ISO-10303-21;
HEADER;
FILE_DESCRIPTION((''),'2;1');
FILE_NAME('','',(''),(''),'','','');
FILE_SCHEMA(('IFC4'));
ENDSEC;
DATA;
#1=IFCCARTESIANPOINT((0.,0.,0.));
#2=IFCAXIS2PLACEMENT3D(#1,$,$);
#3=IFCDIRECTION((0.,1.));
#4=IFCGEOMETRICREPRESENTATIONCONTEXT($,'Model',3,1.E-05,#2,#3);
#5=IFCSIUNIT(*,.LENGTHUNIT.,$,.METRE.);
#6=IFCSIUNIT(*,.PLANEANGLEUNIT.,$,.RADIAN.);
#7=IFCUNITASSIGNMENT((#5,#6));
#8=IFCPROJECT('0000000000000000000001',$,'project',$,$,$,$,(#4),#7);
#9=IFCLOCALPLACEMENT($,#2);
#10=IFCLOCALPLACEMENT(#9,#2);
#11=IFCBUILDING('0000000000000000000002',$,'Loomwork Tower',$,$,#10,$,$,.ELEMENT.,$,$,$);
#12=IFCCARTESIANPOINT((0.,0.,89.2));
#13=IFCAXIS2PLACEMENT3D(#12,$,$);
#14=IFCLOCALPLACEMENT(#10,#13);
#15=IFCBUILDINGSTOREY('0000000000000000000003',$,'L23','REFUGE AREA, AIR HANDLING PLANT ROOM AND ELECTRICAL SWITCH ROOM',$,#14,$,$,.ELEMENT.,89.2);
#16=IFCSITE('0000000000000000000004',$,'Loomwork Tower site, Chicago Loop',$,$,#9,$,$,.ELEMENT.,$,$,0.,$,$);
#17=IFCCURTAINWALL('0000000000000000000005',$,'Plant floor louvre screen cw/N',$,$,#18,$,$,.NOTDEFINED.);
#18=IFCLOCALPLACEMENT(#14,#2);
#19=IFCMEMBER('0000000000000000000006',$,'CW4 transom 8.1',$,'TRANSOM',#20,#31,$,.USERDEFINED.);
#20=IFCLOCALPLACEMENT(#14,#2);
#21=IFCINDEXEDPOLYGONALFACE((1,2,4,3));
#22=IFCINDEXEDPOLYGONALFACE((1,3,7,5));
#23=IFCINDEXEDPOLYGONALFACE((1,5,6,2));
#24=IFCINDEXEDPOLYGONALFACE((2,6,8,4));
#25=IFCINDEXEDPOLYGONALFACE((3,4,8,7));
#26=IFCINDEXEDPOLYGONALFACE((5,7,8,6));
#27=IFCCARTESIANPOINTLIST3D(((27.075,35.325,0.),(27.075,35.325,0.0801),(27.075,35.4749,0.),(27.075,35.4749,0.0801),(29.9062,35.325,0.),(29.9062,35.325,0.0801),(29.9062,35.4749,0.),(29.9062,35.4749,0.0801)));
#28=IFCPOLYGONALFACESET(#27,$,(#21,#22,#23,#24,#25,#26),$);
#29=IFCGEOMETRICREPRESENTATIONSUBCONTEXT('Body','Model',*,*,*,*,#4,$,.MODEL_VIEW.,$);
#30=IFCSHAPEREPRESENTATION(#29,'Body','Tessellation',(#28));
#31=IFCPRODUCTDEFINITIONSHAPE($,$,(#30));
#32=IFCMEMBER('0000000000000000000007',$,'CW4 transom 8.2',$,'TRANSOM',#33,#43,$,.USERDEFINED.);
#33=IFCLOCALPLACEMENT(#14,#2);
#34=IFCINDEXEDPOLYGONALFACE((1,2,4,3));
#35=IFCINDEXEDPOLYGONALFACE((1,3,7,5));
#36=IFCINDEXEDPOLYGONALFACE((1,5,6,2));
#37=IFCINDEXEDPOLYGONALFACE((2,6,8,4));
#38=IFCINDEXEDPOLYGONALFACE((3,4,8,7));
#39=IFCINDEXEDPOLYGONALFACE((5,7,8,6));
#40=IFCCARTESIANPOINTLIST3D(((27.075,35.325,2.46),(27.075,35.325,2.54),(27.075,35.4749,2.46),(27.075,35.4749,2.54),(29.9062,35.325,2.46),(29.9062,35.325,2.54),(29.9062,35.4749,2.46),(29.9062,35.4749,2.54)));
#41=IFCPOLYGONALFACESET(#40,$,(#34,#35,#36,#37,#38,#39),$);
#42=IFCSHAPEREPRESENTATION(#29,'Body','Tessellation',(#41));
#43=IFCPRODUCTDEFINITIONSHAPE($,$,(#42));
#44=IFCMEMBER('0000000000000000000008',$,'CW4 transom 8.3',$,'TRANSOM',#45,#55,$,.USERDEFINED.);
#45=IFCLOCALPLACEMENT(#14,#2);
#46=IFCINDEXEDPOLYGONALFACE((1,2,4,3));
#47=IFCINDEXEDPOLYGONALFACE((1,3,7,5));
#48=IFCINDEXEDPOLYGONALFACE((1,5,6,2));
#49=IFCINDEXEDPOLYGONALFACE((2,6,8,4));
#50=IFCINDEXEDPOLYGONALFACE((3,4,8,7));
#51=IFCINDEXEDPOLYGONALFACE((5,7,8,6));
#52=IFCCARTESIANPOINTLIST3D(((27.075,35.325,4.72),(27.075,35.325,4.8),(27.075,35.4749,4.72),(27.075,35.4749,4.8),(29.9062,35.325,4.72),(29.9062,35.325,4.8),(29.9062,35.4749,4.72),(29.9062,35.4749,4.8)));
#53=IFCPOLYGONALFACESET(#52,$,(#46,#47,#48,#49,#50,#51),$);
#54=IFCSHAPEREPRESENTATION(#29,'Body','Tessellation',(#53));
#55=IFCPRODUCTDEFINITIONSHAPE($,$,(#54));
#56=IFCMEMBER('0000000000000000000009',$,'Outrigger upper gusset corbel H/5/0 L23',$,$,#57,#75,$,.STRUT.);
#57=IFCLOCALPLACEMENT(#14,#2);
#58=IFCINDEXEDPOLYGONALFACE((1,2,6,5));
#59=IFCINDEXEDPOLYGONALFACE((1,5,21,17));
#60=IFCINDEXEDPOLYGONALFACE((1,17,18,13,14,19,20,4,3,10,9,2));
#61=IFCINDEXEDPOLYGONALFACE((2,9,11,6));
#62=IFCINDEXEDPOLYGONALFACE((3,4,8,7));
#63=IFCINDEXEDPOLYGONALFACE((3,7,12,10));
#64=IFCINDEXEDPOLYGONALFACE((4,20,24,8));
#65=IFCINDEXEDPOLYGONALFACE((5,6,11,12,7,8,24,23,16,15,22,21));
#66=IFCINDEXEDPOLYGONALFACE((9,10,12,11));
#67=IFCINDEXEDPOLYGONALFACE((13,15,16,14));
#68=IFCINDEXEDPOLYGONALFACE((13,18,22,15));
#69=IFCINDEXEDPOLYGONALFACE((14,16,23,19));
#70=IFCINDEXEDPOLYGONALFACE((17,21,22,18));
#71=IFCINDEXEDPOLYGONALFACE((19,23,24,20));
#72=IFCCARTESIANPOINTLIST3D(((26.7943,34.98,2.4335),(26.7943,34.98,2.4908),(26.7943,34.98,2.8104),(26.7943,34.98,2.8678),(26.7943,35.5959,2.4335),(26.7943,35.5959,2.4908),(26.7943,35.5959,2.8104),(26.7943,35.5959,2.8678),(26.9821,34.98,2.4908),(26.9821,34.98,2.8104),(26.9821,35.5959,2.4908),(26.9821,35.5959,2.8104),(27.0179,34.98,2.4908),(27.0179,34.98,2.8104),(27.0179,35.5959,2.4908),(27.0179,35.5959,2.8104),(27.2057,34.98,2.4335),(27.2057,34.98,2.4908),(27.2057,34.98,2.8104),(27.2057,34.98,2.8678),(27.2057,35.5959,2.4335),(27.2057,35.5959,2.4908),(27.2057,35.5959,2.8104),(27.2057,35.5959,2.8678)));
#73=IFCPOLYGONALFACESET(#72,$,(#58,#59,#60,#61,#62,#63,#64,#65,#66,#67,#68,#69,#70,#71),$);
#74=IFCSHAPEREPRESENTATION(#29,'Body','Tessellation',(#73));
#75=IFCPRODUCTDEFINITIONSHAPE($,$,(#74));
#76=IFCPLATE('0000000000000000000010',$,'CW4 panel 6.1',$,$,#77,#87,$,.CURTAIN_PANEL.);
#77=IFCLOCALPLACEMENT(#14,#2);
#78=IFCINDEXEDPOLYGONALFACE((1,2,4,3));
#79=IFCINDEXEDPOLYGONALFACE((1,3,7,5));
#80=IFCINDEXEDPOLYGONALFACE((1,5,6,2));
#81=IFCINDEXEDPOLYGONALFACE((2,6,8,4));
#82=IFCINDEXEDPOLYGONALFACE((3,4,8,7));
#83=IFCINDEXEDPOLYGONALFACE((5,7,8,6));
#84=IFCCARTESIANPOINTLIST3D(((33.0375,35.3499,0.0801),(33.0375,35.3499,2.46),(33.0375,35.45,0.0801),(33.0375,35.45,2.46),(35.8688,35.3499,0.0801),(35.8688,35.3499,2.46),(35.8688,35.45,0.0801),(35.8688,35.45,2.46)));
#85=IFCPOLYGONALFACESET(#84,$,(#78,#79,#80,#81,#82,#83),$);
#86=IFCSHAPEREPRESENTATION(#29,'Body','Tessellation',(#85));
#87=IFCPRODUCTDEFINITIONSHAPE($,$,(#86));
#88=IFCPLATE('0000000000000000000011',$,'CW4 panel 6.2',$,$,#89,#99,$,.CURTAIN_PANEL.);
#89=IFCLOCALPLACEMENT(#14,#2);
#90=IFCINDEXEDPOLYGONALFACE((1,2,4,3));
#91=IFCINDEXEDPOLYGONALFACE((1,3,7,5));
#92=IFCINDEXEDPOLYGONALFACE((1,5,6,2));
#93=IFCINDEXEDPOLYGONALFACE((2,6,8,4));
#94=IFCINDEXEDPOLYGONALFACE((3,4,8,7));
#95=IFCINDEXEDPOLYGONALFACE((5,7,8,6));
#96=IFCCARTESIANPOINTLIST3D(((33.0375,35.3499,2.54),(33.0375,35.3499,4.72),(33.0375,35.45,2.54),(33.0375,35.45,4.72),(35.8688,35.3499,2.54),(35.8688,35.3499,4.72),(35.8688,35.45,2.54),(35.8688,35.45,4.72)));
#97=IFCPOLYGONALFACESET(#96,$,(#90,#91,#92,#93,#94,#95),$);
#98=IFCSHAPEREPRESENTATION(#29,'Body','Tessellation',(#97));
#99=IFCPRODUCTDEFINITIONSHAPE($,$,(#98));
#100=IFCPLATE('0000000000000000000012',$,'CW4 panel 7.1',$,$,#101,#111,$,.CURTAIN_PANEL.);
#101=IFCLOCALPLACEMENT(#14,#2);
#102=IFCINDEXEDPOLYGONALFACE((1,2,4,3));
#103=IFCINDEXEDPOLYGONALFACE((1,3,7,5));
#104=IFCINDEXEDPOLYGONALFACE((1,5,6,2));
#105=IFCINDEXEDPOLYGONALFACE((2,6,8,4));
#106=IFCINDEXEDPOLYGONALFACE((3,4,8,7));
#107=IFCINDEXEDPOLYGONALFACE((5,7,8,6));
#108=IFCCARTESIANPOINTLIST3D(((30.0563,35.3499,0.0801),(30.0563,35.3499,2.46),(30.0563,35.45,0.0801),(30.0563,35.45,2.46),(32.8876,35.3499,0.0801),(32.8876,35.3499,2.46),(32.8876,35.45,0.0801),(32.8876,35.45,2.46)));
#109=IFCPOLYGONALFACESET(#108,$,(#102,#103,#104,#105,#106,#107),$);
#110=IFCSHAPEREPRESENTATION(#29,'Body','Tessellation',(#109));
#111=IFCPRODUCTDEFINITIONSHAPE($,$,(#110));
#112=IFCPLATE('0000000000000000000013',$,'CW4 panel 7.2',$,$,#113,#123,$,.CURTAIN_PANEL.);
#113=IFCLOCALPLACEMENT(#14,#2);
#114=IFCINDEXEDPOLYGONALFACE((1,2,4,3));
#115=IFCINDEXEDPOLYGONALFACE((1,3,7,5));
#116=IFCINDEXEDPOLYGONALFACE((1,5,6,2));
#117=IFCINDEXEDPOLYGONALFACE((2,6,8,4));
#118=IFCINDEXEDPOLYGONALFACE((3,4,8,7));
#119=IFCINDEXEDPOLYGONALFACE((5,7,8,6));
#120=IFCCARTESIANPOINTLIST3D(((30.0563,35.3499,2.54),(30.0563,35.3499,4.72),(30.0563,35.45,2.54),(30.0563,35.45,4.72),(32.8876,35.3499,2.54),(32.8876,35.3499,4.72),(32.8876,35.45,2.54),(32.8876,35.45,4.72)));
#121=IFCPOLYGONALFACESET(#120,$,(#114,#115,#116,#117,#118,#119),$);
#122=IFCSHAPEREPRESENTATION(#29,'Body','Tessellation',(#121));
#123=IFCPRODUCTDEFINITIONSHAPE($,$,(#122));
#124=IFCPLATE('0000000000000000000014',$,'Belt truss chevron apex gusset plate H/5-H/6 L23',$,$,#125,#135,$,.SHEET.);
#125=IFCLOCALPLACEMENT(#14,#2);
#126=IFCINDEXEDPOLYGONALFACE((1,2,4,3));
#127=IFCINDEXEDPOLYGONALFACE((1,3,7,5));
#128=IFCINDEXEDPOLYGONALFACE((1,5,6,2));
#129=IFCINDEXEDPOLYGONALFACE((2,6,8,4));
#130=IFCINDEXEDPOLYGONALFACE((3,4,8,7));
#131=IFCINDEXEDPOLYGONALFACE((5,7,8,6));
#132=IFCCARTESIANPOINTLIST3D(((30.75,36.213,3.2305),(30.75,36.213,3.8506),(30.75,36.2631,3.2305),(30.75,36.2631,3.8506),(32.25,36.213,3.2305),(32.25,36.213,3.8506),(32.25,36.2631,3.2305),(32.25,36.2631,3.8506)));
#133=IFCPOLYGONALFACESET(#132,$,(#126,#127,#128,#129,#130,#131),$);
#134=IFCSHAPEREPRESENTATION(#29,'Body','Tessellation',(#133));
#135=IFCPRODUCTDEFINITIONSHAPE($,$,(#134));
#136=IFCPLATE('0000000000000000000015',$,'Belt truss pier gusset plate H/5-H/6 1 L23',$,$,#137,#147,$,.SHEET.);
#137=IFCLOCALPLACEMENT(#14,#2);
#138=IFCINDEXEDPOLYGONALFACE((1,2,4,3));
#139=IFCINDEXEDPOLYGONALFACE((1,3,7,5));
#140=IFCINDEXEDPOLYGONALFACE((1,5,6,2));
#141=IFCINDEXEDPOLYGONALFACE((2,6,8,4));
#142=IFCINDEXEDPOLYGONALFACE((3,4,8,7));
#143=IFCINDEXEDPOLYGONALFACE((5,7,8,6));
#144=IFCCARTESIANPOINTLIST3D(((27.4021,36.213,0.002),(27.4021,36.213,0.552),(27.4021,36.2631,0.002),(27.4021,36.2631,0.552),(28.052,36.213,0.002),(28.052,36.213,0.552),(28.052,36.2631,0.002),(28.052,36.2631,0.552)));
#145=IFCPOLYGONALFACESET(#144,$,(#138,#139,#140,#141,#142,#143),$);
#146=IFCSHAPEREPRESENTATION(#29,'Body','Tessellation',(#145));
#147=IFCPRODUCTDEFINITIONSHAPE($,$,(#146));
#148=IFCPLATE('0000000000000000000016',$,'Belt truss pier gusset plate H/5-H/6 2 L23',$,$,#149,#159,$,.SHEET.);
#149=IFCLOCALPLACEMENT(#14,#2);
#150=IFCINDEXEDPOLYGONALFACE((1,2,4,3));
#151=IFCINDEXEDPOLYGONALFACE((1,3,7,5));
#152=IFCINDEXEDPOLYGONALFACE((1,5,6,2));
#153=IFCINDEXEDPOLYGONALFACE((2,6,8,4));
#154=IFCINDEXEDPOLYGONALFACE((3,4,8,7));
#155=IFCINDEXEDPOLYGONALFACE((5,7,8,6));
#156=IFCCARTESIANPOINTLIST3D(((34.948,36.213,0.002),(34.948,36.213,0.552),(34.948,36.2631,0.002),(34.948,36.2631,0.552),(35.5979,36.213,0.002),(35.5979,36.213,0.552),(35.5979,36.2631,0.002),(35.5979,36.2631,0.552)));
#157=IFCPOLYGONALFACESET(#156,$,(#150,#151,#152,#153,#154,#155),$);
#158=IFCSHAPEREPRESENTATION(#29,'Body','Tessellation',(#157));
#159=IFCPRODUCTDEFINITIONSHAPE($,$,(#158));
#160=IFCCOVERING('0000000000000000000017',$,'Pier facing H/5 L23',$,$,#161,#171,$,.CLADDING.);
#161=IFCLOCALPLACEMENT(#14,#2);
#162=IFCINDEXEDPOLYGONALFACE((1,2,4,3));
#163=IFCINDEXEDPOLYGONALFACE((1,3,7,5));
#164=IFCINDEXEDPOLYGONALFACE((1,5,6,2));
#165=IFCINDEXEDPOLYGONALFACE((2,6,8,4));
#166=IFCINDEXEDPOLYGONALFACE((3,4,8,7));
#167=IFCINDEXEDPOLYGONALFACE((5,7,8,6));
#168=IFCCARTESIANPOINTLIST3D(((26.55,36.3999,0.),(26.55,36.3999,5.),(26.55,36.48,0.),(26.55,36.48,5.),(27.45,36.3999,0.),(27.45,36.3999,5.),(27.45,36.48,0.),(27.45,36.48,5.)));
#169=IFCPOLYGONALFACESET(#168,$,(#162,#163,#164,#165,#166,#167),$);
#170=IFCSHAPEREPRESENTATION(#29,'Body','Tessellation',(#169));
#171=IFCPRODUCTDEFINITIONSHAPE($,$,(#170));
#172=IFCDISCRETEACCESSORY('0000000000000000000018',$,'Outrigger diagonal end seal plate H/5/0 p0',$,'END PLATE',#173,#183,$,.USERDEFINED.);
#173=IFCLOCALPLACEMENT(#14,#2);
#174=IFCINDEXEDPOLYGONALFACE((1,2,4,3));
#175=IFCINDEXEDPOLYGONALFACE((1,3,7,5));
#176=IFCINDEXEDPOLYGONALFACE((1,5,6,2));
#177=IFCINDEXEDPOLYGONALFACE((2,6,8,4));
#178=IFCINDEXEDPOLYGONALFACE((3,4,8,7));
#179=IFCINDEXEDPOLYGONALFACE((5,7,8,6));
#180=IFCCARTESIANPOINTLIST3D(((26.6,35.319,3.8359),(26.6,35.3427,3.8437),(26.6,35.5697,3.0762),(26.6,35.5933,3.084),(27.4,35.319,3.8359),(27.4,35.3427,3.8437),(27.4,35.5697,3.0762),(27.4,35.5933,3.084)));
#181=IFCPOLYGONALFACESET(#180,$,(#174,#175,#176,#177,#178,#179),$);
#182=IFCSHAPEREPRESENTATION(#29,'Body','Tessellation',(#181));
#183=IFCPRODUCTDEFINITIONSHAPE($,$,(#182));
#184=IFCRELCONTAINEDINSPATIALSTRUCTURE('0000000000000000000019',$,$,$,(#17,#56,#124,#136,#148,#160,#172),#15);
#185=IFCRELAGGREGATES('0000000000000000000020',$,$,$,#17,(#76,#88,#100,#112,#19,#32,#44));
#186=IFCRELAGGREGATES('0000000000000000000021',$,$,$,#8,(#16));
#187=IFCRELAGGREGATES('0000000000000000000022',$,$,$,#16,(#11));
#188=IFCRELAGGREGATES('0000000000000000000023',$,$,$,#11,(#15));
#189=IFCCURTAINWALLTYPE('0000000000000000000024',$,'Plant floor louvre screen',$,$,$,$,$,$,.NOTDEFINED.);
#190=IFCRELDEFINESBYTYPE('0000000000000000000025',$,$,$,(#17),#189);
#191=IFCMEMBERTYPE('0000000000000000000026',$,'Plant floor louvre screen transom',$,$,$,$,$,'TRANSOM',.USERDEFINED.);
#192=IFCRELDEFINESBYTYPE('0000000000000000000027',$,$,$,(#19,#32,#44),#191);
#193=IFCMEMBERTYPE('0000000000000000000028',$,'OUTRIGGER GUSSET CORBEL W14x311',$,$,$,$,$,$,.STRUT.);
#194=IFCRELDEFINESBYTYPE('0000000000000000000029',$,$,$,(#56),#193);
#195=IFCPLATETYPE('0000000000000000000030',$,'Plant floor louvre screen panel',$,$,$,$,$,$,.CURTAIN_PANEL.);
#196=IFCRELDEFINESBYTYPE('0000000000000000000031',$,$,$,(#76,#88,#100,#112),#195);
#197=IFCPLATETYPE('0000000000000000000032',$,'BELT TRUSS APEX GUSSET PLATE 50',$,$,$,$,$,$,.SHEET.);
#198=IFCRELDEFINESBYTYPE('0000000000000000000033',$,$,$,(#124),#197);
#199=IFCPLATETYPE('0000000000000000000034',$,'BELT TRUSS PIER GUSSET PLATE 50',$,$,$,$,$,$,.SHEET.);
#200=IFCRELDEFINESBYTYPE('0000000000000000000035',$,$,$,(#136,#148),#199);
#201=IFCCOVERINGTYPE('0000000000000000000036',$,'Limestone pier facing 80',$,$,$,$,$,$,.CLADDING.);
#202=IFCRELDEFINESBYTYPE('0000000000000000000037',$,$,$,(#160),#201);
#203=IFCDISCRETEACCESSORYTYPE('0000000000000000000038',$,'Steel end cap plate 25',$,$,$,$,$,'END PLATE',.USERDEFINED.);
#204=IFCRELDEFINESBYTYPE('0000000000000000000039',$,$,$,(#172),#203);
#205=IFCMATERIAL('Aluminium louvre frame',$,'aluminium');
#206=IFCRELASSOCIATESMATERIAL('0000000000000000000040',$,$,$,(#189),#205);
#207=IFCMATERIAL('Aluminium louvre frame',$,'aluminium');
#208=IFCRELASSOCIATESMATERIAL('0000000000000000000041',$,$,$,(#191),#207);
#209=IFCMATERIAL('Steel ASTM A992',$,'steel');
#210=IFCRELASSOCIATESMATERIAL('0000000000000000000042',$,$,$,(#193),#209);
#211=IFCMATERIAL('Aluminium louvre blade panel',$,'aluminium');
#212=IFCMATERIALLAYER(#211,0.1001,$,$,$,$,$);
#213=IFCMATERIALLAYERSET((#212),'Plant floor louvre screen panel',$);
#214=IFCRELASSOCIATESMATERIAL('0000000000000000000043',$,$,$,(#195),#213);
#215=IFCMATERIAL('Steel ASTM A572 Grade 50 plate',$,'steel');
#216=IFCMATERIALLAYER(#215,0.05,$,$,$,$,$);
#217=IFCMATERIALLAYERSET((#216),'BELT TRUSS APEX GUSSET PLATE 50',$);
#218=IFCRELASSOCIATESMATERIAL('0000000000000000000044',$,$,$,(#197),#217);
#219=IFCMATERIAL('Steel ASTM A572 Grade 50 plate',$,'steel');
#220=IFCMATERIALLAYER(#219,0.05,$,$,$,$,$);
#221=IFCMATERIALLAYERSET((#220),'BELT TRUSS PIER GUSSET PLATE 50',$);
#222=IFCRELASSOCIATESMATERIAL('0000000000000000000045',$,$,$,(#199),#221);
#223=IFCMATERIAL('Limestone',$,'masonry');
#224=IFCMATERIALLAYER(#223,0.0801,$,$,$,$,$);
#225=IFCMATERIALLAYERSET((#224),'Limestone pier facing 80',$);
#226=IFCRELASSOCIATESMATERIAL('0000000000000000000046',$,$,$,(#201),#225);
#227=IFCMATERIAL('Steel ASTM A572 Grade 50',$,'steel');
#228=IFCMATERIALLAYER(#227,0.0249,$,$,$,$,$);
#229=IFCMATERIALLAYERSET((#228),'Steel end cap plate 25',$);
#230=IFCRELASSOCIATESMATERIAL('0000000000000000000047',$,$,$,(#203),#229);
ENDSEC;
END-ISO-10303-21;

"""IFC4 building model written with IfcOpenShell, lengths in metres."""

from ifc_helpers import new_model, si_unit, direction, frame, origin, origin_2d, place, context, subcontext, project, spatial, rectangle, i_section, extrude, material, layer, layer_set, material_profile, profile_set, type_object, element, aggregate, save


model = new_model("IFC4")

# Units and contexts
model_context = context("Model", 3, precision=1e-05, world=origin(), true_north=direction((0.0, 1.0)))
body_context = subcontext(model_context, "Body", "Model", "MODEL_VIEW")
ifc_project = project(units=[si_unit("LENGTHUNIT", "METRE"), si_unit("PLANEANGLEUNIT", "RADIAN")], contexts=[model_context])

# Site, building, storey
site_placement = place(None, origin())
site = spatial("IfcSite", under=ifc_project, at=site_placement, Name="Loomwork Tower site, Chicago Loop", CompositionType="ELEMENT", RefElevation=0.0)
building_placement = place(site_placement, origin())
building = spatial("IfcBuilding", under=site, at=building_placement, Name="Loomwork Tower", CompositionType="ELEMENT")
storey_placement = place(building_placement, frame((0.0, 0.0, 89.2)))
storey = spatial("IfcBuildingStorey", under=building, at=storey_placement, Name="L23", Description="REFUGE AREA, AIR HANDLING PLANT ROOM AND ELECTRICAL SWITCH ROOM", CompositionType="ELEMENT", Elevation=89.2)

# Curtain wall, members
ifc_material_1 = material(Name="Aluminium louvre frame", Category="aluminium")
curtain_wall_type = type_object("IfcCurtainWallType", Name="Plant floor louvre screen", PredefinedType="NOTDEFINED", material=ifc_material_1)
curtain_wall_placement = place(storey_placement, origin())
curtain_wall = element("IfcCurtainWall", 1, at=curtain_wall_placement, inside=storey, type_object=curtain_wall_type, Name="Plant floor louvre screen cw/N", PredefinedType="NOTDEFINED")
ifc_material_2 = material(Name="Aluminium louvre frame", Category="aluminium")
ifc_material_profile_1 = material_profile(ifc_material_2, rectangle(XDim=0.1499, YDim=0.0801, at=origin_2d()), Name="AL 80x150")
ifc_profile_set_1 = profile_set([ifc_material_profile_1], Name="Aluminium louvre frame")
member_type_1 = type_object("IfcMemberType", Name="Plant floor louvre screen transom", ElementType="TRANSOM", PredefinedType="USERDEFINED", material=ifc_profile_set_1)
member_1_placement = place(storey_placement, frame((29.9062, 35.3999, 0.04), z_axis=(-1.0, 0.0, 0.0), x_axis=(0.0, -1.0, 0.0)))
member_1 = element("IfcMember", 2, at=member_1_placement, type_object=member_type_1, Name="CW4 transom 8.1", ObjectType="TRANSOM", PredefinedType="USERDEFINED", context=body_context, shape_type="SweptSolid", body=[
    extrude(rectangle(XDim=0.1499, YDim=0.0801, at=origin_2d()), origin(), (0.0, 0.0, 1.0), 2.8313),
])
member_2_placement = place(storey_placement, frame((29.9062, 35.3999, 2.5), z_axis=(-1.0, 0.0, 0.0), x_axis=(0.0, -1.0, 0.0)))
member_2 = element("IfcMember", 3, at=member_2_placement, type_object=member_type_1, Name="CW4 transom 8.2", ObjectType="TRANSOM", PredefinedType="USERDEFINED", context=body_context, shape_type="SweptSolid", body=[
    extrude(rectangle(XDim=0.1499, YDim=0.0801, at=origin_2d()), origin(), (0.0, 0.0, 1.0), 2.8313),
])
member_3_placement = place(storey_placement, frame((29.9062, 35.3999, 4.76), z_axis=(-1.0, 0.0, 0.0), x_axis=(0.0, -1.0, 0.0)))
member_3 = element("IfcMember", 4, at=member_3_placement, type_object=member_type_1, Name="CW4 transom 8.3", ObjectType="TRANSOM", PredefinedType="USERDEFINED", context=body_context, shape_type="SweptSolid", body=[
    extrude(rectangle(XDim=0.1499, YDim=0.0801, at=origin_2d()), origin(), (0.0, 0.0, 1.0), 2.8313),
])

# Member
ifc_material_3 = material(Name="Steel ASTM A992", Category="steel")
ifc_material_profile_2 = material_profile(ifc_material_3, i_section(OverallWidth=0.4114, OverallDepth=0.4343, WebThickness=0.0359, FlangeThickness=0.0574, at=origin_2d()), Name="W14x311")
ifc_profile_set_2 = profile_set([ifc_material_profile_2], Name="Steel ASTM A992")
member_type_2 = type_object("IfcMemberType", Name="OUTRIGGER GUSSET CORBEL W14x311", PredefinedType="STRUT", material=ifc_profile_set_2)
member_4_placement = place(storey_placement, frame((27.0, 35.5959, 2.6506), z_axis=(0.0, -1.0, 0.0), x_axis=(1.0, 0.0, 0.0)))
element("IfcMember", 5, at=member_4_placement, inside=storey, type_object=member_type_2, Name="Outrigger upper gusset corbel H/5/0 L23", PredefinedType="STRUT", context=body_context, shape_type="SweptSolid", body=[
    extrude(i_section(OverallWidth=0.4114, OverallDepth=0.4343, WebThickness=0.0359, FlangeThickness=0.0574, at=origin_2d()), origin(), (0.0, 0.0, 1.0), 0.616),
])

# Plates
ifc_material_4 = material(Name="Aluminium louvre blade panel", Category="aluminium")
ifc_layer_1 = layer(ifc_material_4, 0.1001)
ifc_layer_set_1 = layer_set([ifc_layer_1], Name="Plant floor louvre screen panel")
plate_type_1 = type_object("IfcPlateType", Name="Plant floor louvre screen panel", PredefinedType="CURTAIN_PANEL", material=ifc_layer_set_1)
plate_1_placement = place(storey_placement, frame((34.4531, 35.3999, 0.0801), z_axis=(0.0, 0.0, 1.0), x_axis=(-1.0, 0.0, 0.0)))
plate_1 = element("IfcPlate", 6, at=plate_1_placement, type_object=plate_type_1, Name="CW4 panel 6.1", PredefinedType="CURTAIN_PANEL", context=body_context, shape_type="SweptSolid", body=[
    extrude(rectangle(XDim=2.8313, YDim=0.1001, at=origin_2d()), origin(), (0.0, 0.0, 1.0), 2.3799),
])
plate_2_placement = place(storey_placement, frame((34.4531, 35.3999, 2.54), z_axis=(0.0, 0.0, 1.0), x_axis=(-1.0, 0.0, 0.0)))
plate_2 = element("IfcPlate", 7, at=plate_2_placement, type_object=plate_type_1, Name="CW4 panel 6.2", PredefinedType="CURTAIN_PANEL", context=body_context, shape_type="SweptSolid", body=[
    extrude(rectangle(XDim=2.8313, YDim=0.1001, at=origin_2d()), origin(), (0.0, 0.0, 1.0), 2.1799),
])
plate_3_placement = place(storey_placement, frame((31.4719, 35.3999, 0.0801), z_axis=(0.0, 0.0, 1.0), x_axis=(-1.0, 0.0, 0.0)))
plate_3 = element("IfcPlate", 8, at=plate_3_placement, type_object=plate_type_1, Name="CW4 panel 7.1", PredefinedType="CURTAIN_PANEL", context=body_context, shape_type="SweptSolid", body=[
    extrude(rectangle(XDim=2.8313, YDim=0.1001, at=origin_2d()), origin(), (0.0, 0.0, 1.0), 2.3799),
])
plate_4_placement = place(storey_placement, frame((31.4719, 35.3999, 2.54), z_axis=(0.0, 0.0, 1.0), x_axis=(-1.0, 0.0, 0.0)))
plate_4 = element("IfcPlate", 9, at=plate_4_placement, type_object=plate_type_1, Name="CW4 panel 7.2", PredefinedType="CURTAIN_PANEL", context=body_context, shape_type="SweptSolid", body=[
    extrude(rectangle(XDim=2.8313, YDim=0.1001, at=origin_2d()), origin(), (0.0, 0.0, 1.0), 2.1799),
])
aggregate(curtain_wall, [plate_1, plate_2, plate_3, plate_4, member_1, member_2, member_3])

# Plates
ifc_material_5 = material(Name="Steel ASTM A572 Grade 50 plate", Category="steel")
ifc_layer_2 = layer(ifc_material_5, 0.05)
ifc_layer_set_2 = layer_set([ifc_layer_2], Name="BELT TRUSS APEX GUSSET PLATE 50")
plate_type_2 = type_object("IfcPlateType", Name="BELT TRUSS APEX GUSSET PLATE 50", PredefinedType="SHEET", material=ifc_layer_set_2)
plate_5_placement = place(storey_placement, frame((31.5, 36.238, 3.2305), z_axis=(0.0, 0.0, 1.0), x_axis=(1.0, 0.0, 0.0)))
element("IfcPlate", 10, at=plate_5_placement, inside=storey, type_object=plate_type_2, Name="Belt truss chevron apex gusset plate H/5-H/6 L23", PredefinedType="SHEET", context=body_context, shape_type="SweptSolid", body=[
    extrude(rectangle(XDim=1.5, YDim=0.05, at=origin_2d()), origin(), (0.0, 0.0, 1.0), 0.6201),
])
ifc_material_6 = material(Name="Steel ASTM A572 Grade 50 plate", Category="steel")
ifc_layer_3 = layer(ifc_material_6, 0.05)
ifc_layer_set_3 = layer_set([ifc_layer_3], Name="BELT TRUSS PIER GUSSET PLATE 50")
plate_type_3 = type_object("IfcPlateType", Name="BELT TRUSS PIER GUSSET PLATE 50", PredefinedType="SHEET", material=ifc_layer_set_3)
for number, where, z_axis, x_axis, name in (
    (11, (27.7271, 36.238, 0.002), (0.0, 0.0, 1.0), (1.0, 0.0, 0.0), "Belt truss pier gusset plate H/5-H/6 1 L23"),
    (12, (35.2729, 36.238, 0.002), (0.0, 0.0, 1.0), (1.0, 0.0, 0.0), "Belt truss pier gusset plate H/5-H/6 2 L23"),
):
    element("IfcPlate", number, at=place(storey_placement, frame(where, z_axis=z_axis, x_axis=x_axis)), inside=storey, type_object=plate_type_3, Name=name, PredefinedType="SHEET", context=body_context, shape_type="SweptSolid", body=[
        extrude(rectangle(XDim=0.6499, YDim=0.05, at=origin_2d()), origin(), (0.0, 0.0, 1.0), 0.55),
    ])

# Covering
ifc_material_7 = material(Name="Limestone", Category="masonry")
ifc_layer_4 = layer(ifc_material_7, 0.0801)
ifc_layer_set_4 = layer_set([ifc_layer_4], Name="Limestone pier facing 80")
covering_type = type_object("IfcCoveringType", Name="Limestone pier facing 80", PredefinedType="CLADDING", material=ifc_layer_set_4)
covering_placement = place(storey_placement, frame((27.0, 36.4399, 0.0), z_axis=(0.0, 0.0, 1.0), x_axis=(1.0, 0.0, 0.0)))
element("IfcCovering", 13, at=covering_placement, inside=storey, type_object=covering_type, Name="Pier facing H/5 L23", PredefinedType="CLADDING", context=body_context, shape_type="SweptSolid", body=[
    extrude(rectangle(XDim=0.8999, YDim=0.0801, at=origin_2d()), origin(), (0.0, 0.0, 1.0), 5.0),
])

# Discrete accessory
ifc_material_8 = material(Name="Steel ASTM A572 Grade 50", Category="steel")
ifc_layer_5 = layer(ifc_material_8, 0.0249)
ifc_layer_set_5 = layer_set([ifc_layer_5], Name="Steel end cap plate 25")
discrete_accessory_type = type_object("IfcDiscreteAccessoryType", Name="Steel end cap plate 25", ElementType="END PLATE", PredefinedType="USERDEFINED", material=ifc_layer_set_5)
discrete_accessory_placement = place(storey_placement, frame((27.0, 35.4443, 3.4561), z_axis=(0.0, 0.949658, 0.313289), x_axis=(-1.0, 0.0, 0.0)))
element("IfcDiscreteAccessory", 14, at=discrete_accessory_placement, inside=storey, type_object=discrete_accessory_type, Name="Outrigger diagonal end seal plate H/5/0 p0", ObjectType="END PLATE", PredefinedType="USERDEFINED", context=body_context, shape_type="SweptSolid", body=[
    extrude(rectangle(XDim=0.8, YDim=0.8, at=origin_2d()), origin(), (0.0, 0.0, 1.0), 0.0249),
])

save(model, "model.ifc")
